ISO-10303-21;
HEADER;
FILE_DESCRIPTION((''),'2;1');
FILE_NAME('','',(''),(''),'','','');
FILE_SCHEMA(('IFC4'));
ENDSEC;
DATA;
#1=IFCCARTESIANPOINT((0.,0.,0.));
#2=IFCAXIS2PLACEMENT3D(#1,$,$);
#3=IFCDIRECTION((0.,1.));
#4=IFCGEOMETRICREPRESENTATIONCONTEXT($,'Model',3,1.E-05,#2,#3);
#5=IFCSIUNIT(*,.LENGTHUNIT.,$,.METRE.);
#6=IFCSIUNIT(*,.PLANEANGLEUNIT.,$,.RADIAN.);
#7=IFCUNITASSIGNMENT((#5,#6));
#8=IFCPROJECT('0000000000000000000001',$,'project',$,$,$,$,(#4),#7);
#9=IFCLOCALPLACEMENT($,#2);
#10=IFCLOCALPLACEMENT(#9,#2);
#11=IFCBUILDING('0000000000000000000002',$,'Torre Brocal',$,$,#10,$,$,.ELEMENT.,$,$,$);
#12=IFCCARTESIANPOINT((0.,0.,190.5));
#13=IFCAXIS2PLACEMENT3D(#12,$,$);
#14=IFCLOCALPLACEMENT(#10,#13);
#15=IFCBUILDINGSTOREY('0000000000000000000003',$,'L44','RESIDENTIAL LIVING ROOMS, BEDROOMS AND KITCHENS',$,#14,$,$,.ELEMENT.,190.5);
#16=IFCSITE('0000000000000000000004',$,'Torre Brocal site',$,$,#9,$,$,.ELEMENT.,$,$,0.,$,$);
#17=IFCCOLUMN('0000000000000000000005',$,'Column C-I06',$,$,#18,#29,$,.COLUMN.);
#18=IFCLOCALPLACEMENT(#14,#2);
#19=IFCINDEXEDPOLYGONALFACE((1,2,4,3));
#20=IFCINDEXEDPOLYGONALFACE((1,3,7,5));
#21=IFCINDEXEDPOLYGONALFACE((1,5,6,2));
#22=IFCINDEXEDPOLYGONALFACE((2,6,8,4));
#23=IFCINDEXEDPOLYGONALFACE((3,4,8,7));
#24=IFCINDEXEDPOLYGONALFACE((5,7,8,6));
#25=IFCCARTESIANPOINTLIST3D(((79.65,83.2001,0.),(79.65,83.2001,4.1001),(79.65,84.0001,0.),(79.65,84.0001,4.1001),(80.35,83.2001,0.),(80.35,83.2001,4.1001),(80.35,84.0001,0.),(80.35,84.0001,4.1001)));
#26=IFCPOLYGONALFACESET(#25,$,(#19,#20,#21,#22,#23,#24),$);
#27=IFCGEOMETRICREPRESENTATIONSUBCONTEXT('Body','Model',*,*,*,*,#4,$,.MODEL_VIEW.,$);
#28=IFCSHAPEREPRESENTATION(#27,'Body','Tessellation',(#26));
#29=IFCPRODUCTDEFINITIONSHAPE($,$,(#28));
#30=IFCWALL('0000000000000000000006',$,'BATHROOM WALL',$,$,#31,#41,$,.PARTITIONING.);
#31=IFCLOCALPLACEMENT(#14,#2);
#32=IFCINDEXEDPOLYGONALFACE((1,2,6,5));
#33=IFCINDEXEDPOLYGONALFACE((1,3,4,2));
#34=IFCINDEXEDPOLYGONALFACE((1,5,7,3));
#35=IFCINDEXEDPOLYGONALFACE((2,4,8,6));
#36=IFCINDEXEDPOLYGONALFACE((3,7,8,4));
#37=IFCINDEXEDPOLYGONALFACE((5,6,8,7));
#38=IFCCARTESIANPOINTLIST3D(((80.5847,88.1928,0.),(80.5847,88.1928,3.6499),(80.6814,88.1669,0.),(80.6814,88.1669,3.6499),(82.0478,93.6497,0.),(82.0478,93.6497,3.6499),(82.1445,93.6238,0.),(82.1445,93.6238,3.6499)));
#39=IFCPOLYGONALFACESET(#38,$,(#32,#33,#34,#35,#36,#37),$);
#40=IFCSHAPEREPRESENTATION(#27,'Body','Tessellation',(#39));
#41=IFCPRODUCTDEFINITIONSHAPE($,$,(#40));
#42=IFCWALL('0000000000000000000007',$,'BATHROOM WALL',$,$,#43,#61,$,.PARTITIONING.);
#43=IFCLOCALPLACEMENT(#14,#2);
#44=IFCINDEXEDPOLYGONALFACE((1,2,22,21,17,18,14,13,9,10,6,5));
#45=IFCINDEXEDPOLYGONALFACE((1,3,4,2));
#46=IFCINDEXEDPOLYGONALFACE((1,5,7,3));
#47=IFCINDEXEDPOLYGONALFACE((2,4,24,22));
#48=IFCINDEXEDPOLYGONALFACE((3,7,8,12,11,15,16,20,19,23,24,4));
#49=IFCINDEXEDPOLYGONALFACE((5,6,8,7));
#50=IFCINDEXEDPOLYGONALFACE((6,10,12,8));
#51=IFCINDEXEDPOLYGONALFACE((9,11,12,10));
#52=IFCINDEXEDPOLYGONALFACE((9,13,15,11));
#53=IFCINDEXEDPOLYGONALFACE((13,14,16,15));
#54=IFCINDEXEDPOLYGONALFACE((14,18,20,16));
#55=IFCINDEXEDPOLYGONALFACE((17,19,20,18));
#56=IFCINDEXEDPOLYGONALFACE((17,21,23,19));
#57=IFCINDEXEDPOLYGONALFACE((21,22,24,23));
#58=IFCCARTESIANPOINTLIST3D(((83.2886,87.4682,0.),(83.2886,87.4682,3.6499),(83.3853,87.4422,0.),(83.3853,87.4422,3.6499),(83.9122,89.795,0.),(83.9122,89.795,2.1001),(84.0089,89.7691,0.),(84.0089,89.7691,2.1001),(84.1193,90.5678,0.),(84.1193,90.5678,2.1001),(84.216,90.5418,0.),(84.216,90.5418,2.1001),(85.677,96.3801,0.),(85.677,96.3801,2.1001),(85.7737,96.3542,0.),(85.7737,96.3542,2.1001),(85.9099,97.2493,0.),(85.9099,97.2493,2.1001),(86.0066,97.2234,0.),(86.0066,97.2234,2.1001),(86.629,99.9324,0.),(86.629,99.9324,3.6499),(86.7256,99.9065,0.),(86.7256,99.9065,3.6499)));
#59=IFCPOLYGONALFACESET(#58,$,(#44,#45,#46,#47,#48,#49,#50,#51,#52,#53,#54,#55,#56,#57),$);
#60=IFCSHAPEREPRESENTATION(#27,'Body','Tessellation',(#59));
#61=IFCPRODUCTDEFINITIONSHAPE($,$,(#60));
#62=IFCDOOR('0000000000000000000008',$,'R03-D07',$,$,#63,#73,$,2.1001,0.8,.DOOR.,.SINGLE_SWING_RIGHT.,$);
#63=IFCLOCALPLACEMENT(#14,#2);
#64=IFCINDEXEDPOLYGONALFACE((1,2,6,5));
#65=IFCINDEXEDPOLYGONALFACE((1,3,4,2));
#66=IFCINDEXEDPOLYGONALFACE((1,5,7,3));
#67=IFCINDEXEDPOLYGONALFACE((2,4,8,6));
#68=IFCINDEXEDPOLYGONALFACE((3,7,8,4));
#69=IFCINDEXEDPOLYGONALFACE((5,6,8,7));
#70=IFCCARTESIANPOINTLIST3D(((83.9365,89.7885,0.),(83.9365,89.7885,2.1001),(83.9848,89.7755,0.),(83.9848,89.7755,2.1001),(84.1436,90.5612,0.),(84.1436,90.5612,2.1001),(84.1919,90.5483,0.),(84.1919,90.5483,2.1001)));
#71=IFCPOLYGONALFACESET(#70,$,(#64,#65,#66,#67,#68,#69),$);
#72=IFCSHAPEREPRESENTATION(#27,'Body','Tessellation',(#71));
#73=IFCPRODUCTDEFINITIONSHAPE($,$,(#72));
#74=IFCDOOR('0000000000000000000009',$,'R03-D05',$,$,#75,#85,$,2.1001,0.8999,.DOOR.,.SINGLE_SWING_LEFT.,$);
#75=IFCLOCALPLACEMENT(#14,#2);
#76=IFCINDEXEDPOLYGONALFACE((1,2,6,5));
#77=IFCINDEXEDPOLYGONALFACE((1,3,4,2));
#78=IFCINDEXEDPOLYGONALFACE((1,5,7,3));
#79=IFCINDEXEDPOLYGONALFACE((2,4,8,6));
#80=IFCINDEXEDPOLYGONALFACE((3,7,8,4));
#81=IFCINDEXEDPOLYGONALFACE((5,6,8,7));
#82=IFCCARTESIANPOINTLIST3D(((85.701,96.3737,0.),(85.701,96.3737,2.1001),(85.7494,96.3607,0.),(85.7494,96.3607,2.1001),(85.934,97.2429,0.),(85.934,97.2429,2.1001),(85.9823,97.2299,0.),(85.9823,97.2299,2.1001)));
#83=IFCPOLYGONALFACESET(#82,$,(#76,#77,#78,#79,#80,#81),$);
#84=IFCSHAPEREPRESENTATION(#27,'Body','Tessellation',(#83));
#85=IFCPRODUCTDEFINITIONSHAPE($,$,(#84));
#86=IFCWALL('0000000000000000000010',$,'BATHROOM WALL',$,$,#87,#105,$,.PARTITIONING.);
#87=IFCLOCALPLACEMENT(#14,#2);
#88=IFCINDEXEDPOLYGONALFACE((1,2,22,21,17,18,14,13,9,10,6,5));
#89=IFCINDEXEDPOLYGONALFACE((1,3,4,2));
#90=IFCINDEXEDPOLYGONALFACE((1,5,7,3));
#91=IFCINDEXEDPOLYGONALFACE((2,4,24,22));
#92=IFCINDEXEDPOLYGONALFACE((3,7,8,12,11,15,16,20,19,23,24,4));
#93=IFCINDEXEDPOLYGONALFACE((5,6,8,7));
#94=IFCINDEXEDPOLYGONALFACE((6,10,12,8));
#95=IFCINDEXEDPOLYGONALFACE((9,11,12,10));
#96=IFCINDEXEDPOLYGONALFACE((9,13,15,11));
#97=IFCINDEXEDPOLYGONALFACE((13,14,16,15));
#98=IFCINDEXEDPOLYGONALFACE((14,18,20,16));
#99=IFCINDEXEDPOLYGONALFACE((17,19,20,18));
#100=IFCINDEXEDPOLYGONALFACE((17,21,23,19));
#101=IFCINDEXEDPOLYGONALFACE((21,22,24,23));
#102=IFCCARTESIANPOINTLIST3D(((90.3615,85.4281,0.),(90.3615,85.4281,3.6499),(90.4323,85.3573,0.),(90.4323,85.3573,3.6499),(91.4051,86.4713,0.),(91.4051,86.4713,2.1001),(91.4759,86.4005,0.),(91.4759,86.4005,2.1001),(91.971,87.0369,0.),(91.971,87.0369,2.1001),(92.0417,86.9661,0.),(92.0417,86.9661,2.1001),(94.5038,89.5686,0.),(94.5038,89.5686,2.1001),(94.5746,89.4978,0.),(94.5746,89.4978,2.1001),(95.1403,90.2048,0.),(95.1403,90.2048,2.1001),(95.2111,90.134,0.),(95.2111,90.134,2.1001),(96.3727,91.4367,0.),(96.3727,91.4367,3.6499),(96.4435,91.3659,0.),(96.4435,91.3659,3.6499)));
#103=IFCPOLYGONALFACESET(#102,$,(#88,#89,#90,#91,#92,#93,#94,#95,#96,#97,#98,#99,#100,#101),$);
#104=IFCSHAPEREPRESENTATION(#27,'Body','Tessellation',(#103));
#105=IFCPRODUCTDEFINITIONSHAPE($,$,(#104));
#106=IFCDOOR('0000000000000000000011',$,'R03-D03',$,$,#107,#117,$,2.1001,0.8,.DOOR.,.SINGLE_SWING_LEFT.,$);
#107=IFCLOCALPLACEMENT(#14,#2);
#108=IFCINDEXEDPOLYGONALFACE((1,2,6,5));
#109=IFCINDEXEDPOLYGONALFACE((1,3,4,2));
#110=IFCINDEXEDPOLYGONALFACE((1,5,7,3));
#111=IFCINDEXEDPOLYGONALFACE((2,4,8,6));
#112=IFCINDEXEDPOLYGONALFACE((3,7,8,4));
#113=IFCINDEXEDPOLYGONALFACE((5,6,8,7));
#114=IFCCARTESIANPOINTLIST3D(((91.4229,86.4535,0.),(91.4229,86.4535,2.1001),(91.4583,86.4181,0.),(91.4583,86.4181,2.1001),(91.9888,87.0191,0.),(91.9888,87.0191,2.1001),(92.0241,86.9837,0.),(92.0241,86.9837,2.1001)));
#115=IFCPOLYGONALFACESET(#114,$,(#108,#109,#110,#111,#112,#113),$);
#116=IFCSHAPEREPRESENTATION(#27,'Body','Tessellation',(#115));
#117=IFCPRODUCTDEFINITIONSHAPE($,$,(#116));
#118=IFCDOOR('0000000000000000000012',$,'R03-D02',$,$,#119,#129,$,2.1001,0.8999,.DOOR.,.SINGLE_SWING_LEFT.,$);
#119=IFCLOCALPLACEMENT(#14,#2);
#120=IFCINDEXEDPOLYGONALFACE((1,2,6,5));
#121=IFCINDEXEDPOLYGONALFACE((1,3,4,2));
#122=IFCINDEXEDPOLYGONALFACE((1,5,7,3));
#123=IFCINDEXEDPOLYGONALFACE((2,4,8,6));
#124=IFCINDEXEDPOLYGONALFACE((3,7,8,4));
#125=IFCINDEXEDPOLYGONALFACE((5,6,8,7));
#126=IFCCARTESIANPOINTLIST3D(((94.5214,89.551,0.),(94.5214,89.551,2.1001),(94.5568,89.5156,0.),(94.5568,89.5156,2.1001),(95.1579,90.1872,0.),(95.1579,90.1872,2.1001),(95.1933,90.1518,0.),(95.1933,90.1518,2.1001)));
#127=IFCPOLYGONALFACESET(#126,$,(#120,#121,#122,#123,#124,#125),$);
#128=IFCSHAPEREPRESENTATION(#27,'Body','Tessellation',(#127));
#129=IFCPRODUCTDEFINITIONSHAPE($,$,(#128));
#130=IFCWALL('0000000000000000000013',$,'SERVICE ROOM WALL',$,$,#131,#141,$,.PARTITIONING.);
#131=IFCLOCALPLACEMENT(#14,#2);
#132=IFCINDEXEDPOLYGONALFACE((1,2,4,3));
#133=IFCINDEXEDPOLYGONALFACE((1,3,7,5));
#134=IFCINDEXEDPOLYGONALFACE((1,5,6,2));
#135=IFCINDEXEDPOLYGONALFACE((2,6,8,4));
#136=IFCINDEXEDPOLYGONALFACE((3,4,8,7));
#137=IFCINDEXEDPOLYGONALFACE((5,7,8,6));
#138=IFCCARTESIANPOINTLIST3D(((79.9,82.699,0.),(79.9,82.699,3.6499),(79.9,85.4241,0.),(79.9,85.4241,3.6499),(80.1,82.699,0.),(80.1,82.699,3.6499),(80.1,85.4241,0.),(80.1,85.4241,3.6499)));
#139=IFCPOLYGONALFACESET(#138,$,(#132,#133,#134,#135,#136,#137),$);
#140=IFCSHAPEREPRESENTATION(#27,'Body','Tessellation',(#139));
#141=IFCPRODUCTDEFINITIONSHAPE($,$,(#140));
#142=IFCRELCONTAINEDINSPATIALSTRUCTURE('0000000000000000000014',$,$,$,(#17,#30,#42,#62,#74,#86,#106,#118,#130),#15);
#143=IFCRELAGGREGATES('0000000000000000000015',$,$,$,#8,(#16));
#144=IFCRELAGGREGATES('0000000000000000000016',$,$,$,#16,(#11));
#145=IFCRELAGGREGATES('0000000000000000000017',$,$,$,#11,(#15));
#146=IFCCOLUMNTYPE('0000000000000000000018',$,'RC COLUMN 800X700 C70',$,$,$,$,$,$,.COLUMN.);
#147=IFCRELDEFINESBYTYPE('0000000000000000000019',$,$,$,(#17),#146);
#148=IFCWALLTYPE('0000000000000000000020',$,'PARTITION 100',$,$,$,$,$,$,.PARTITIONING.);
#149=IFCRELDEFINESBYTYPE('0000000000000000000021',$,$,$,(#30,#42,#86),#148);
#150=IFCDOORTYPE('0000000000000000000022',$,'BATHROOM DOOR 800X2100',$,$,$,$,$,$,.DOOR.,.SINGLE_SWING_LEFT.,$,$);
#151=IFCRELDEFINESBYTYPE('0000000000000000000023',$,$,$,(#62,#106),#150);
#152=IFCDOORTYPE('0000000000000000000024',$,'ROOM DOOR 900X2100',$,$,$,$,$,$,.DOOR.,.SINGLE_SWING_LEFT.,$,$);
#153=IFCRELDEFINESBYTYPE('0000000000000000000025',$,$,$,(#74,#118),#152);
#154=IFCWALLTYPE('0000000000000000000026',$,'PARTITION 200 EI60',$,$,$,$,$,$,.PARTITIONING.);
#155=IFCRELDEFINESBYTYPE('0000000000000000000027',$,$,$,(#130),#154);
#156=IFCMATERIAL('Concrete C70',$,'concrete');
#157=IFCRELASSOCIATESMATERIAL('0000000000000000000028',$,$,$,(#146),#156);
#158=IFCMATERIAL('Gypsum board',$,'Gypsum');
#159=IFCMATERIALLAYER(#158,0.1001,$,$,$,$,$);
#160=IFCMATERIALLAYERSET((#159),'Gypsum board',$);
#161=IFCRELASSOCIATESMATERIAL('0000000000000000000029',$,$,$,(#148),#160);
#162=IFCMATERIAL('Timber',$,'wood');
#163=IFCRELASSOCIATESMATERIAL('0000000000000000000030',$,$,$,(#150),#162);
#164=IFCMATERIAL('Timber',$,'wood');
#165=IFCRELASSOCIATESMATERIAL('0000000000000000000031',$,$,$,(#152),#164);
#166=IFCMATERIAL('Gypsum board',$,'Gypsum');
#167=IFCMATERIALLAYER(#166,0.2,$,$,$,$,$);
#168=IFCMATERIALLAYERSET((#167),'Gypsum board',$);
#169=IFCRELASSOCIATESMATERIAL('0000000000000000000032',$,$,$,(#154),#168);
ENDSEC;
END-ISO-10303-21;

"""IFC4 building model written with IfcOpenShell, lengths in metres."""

from ifc_helpers import new_model, si_unit, direction, frame, frame_2d, origin, origin_2d, place, context, subcontext, project, spatial, rectangle, extrude, material, layer, layer_set, material_profile, profile_set, type_object, element, fill, save


model = new_model("IFC4")

# Units and contexts
model_context = context("Model", 3, precision=1e-05, world=origin(), true_north=direction((0.0, 1.0)))
body_context = subcontext(model_context, "Body", "Model", "MODEL_VIEW")
ifc_project = project(units=[si_unit("LENGTHUNIT", "METRE"), si_unit("PLANEANGLEUNIT", "RADIAN")], contexts=[model_context])

# Site, building, storey
site_placement = place(None, origin())
site = spatial("IfcSite", under=ifc_project, at=site_placement, Name="Torre Brocal site", CompositionType="ELEMENT", RefElevation=0.0)
building_placement = place(site_placement, origin())
building = spatial("IfcBuilding", under=site, at=building_placement, Name="Torre Brocal", CompositionType="ELEMENT")
storey_placement = place(building_placement, frame((0.0, 0.0, 190.5)))
storey = spatial("IfcBuildingStorey", under=building, at=storey_placement, Name="L44", Description="RESIDENTIAL LIVING ROOMS, BEDROOMS AND KITCHENS", CompositionType="ELEMENT", Elevation=190.5)

# Column
ifc_material_1 = material(Name="Concrete C70", Category="concrete")
ifc_material_profile = material_profile(ifc_material_1, rectangle(XDim=0.8, YDim=0.7, at=origin_2d()), Name="RC 800X700")
ifc_profile_set = profile_set([ifc_material_profile], Name="Concrete C70")
column_type = type_object("IfcColumnType", Name="RC COLUMN 800X700 C70", PredefinedType="COLUMN", material=ifc_profile_set)
column_placement = place(storey_placement, frame((80.0, 83.6001, 0.0), z_axis=(0.0, 0.0, 1.0), x_axis=(0.0, 1.0, 0.0)))
element("IfcColumn", 1, at=column_placement, inside=storey, type_object=column_type, Name="Column C-I06", PredefinedType="COLUMN", context=body_context, shape_type="SweptSolid", body=[
    extrude(rectangle(XDim=0.8, YDim=0.7, at=origin_2d()), origin(), (0.0, 0.0, 1.0), 4.1001),
])

# Wall
ifc_material_2 = material(Name="Gypsum board", Category="Gypsum")
ifc_layer_1 = layer(ifc_material_2, 0.1001)
ifc_layer_set_1 = layer_set([ifc_layer_1], Name="Gypsum board")
wall_type_1 = type_object("IfcWallType", Name="PARTITION 100", PredefinedType="PARTITIONING", material=ifc_layer_set_1)
wall_1_placement = place(storey_placement, frame((80.6331, 88.1799, 0.0), z_axis=(0.0, 0.0, 1.0), x_axis=(0.258983, 0.965882, 0.0)))
element("IfcWall", 2, at=wall_1_placement, inside=storey, type_object=wall_type_1, Name="BATHROOM WALL", PredefinedType="PARTITIONING", context=body_context, shape_type="SweptSolid", body=[
    extrude(rectangle(XDim=5.6497, YDim=0.1001, at=frame_2d((2.8247, 0.0))), origin(), (0.0, 0.0, 1.0), 3.6499),
])

# Walls, openings, doors
wall_2_placement = place(storey_placement, frame((83.3369, 87.4551, 0.0), z_axis=(0.0, 0.0, 1.0), x_axis=(0.258861, 0.965915, 0.0)))
wall_2 = element("IfcWall", 3, at=wall_2_placement, inside=storey, type_object=wall_type_1, Name="BATHROOM WALL", PredefinedType="PARTITIONING", context=body_context, shape_type="SweptSolid", body=[
    extrude(rectangle(XDim=12.9041, YDim=0.1001, at=frame_2d((6.4521, 0.0))), origin(), (0.0, 0.0, 1.0), 3.6499),
])
opening_1_placement = place(wall_2_placement, frame((9.2266, 0.0, 0.0)))
opening_1 = element("IfcOpeningElement", 4, at=opening_1_placement, cuts=wall_2, PredefinedType="OPENING", context=body_context, shape_type="SweptSolid", body=[
    extrude(rectangle(XDim=0.8999, YDim=2.1001, at=frame_2d((0.45, 1.05))), frame((0.0, 0.0601, 0.0), z_axis=(0.0, -1.0, 0.0), x_axis=(1.0, 0.0, 0.0)), (0.0, 0.0, 1.0), 0.1201),
])
opening_2_placement = place(wall_2_placement, frame((2.4092, 0.0, 0.0)))
opening_2 = element("IfcOpeningElement", 5, at=opening_2_placement, cuts=wall_2, PredefinedType="OPENING", context=body_context, shape_type="SweptSolid", body=[
    extrude(rectangle(XDim=0.8, YDim=2.1001, at=frame_2d((0.3999, 1.05))), frame((0.0, 0.0601, 0.0), z_axis=(0.0, -1.0, 0.0), x_axis=(1.0, 0.0, 0.0)), (0.0, 0.0, 1.0), 0.1201),
])
ifc_material_3 = material(Name="Timber", Category="wood")
door_type_1 = type_object("IfcDoorType", Name="BATHROOM DOOR 800X2100", OperationType="SINGLE_SWING_LEFT", PredefinedType="DOOR", material=ifc_material_3)
door_1_placement = place(opening_2_placement, origin())
door_1 = element("IfcDoor", 6, at=door_1_placement, inside=storey, type_object=door_type_1, Name="R03-D07", OperationType="SINGLE_SWING_RIGHT", OverallHeight=2.1001, OverallWidth=0.8, PredefinedType="DOOR", context=body_context, shape_type="SweptSolid", body=[
    extrude(rectangle(XDim=0.8, YDim=2.1001, at=frame_2d((0.3999, 1.05))), frame((0.0, 0.0249, 0.0), z_axis=(0.0, -1.0, 0.0), x_axis=(1.0, 0.0, 0.0)), (0.0, 0.0, 1.0), 0.05),
])
fill(opening_2, door_1)
ifc_material_4 = material(Name="Timber", Category="wood")
door_type_2 = type_object("IfcDoorType", Name="ROOM DOOR 900X2100", OperationType="SINGLE_SWING_LEFT", PredefinedType="DOOR", material=ifc_material_4)
door_2_placement = place(opening_1_placement, frame((0.8999, 0.0, 0.0), z_axis=(0.0, 0.0, 1.0), x_axis=(-1.0, 0.0, 0.0)))
door_2 = element("IfcDoor", 7, at=door_2_placement, inside=storey, type_object=door_type_2, Name="R03-D05", OperationType="SINGLE_SWING_LEFT", OverallHeight=2.1001, OverallWidth=0.8999, PredefinedType="DOOR", context=body_context, shape_type="SweptSolid", body=[
    extrude(rectangle(XDim=0.8999, YDim=2.1001, at=frame_2d((0.45, 1.05))), frame((0.0, 0.0249, 0.0), z_axis=(0.0, -1.0, 0.0), x_axis=(1.0, 0.0, 0.0)), (0.0, 0.0, 1.0), 0.05),
])
fill(opening_1, door_2)
wall_3_placement = place(storey_placement, frame((90.397, 85.3928, 0.0), z_axis=(0.0, 0.0, 1.0), x_axis=(0.707265, 0.706949, 0.0)))
wall_3 = element("IfcWall", 8, at=wall_3_placement, inside=storey, type_object=wall_type_1, Name="BATHROOM WALL", PredefinedType="PARTITIONING", context=body_context, shape_type="SweptSolid", body=[
    extrude(rectangle(XDim=8.4993, YDim=0.1001, at=frame_2d((4.2495, 0.0))), origin(), (0.0, 0.0, 1.0), 3.6499),
])
opening_3_placement = place(wall_3_placement, frame((5.8567, 0.0, 0.0)))
opening_3 = element("IfcOpeningElement", 9, at=opening_3_placement, cuts=wall_3, PredefinedType="OPENING", context=body_context, shape_type="SweptSolid", body=[
    extrude(rectangle(XDim=0.8999, YDim=2.1001, at=frame_2d((0.45, 1.05))), frame((0.0, 0.0601, 0.0), z_axis=(0.0, -1.0, 0.0), x_axis=(1.0, 0.0, 0.0)), (0.0, 0.0, 1.0), 0.1201),
])
opening_4_placement = place(wall_3_placement, frame((1.4756, 0.0, 0.0)))
opening_4 = element("IfcOpeningElement", 10, at=opening_4_placement, cuts=wall_3, PredefinedType="OPENING", context=body_context, shape_type="SweptSolid", body=[
    extrude(rectangle(XDim=0.8, YDim=2.1001, at=frame_2d((0.3999, 1.05))), frame((0.0, 0.0601, 0.0), z_axis=(0.0, -1.0, 0.0), x_axis=(1.0, 0.0, 0.0)), (0.0, 0.0, 1.0), 0.1201),
])
door_3_placement = place(opening_4_placement, origin())
door_3 = element("IfcDoor", 11, at=door_3_placement, inside=storey, type_object=door_type_1, Name="R03-D03", OperationType="SINGLE_SWING_LEFT", OverallHeight=2.1001, OverallWidth=0.8, PredefinedType="DOOR", context=body_context, shape_type="SweptSolid", body=[
    extrude(rectangle(XDim=0.8, YDim=2.1001, at=frame_2d((0.3999, 1.05))), frame((0.0, 0.0249, 0.0), z_axis=(0.0, -1.0, 0.0), x_axis=(1.0, 0.0, 0.0)), (0.0, 0.0, 1.0), 0.05),
])
fill(opening_4, door_3)
door_4_placement = place(opening_3_placement, frame((0.8999, 0.0, 0.0), z_axis=(0.0, 0.0, 1.0), x_axis=(-1.0, 0.0, 0.0)))
door_4 = element("IfcDoor", 12, at=door_4_placement, inside=storey, type_object=door_type_2, Name="R03-D02", OperationType="SINGLE_SWING_LEFT", OverallHeight=2.1001, OverallWidth=0.8999, PredefinedType="DOOR", context=body_context, shape_type="SweptSolid", body=[
    extrude(rectangle(XDim=0.8999, YDim=2.1001, at=frame_2d((0.45, 1.05))), frame((0.0, 0.0249, 0.0), z_axis=(0.0, -1.0, 0.0), x_axis=(1.0, 0.0, 0.0)), (0.0, 0.0, 1.0), 0.05),
])
fill(opening_3, door_4)

# Wall
ifc_material_5 = material(Name="Gypsum board", Category="Gypsum")
ifc_layer_2 = layer(ifc_material_5, 0.2)
ifc_layer_set_2 = layer_set([ifc_layer_2], Name="Gypsum board")
wall_type_2 = type_object("IfcWallType", Name="PARTITION 200 EI60", PredefinedType="PARTITIONING", material=ifc_layer_set_2)
wall_4_placement = place(storey_placement, frame((80.0, 82.699, 0.0), z_axis=(0.0, 0.0, 1.0), x_axis=(0.0, 1.0, 0.0)))
element("IfcWall", 13, at=wall_4_placement, inside=storey, type_object=wall_type_2, Name="SERVICE ROOM WALL", PredefinedType="PARTITIONING", context=body_context, shape_type="SweptSolid", body=[
    extrude(rectangle(XDim=2.7251, YDim=0.2, at=frame_2d((1.3625, 0.0))), origin(), (0.0, 0.0, 1.0), 3.6499),
])

save(model, "model.ifc")
